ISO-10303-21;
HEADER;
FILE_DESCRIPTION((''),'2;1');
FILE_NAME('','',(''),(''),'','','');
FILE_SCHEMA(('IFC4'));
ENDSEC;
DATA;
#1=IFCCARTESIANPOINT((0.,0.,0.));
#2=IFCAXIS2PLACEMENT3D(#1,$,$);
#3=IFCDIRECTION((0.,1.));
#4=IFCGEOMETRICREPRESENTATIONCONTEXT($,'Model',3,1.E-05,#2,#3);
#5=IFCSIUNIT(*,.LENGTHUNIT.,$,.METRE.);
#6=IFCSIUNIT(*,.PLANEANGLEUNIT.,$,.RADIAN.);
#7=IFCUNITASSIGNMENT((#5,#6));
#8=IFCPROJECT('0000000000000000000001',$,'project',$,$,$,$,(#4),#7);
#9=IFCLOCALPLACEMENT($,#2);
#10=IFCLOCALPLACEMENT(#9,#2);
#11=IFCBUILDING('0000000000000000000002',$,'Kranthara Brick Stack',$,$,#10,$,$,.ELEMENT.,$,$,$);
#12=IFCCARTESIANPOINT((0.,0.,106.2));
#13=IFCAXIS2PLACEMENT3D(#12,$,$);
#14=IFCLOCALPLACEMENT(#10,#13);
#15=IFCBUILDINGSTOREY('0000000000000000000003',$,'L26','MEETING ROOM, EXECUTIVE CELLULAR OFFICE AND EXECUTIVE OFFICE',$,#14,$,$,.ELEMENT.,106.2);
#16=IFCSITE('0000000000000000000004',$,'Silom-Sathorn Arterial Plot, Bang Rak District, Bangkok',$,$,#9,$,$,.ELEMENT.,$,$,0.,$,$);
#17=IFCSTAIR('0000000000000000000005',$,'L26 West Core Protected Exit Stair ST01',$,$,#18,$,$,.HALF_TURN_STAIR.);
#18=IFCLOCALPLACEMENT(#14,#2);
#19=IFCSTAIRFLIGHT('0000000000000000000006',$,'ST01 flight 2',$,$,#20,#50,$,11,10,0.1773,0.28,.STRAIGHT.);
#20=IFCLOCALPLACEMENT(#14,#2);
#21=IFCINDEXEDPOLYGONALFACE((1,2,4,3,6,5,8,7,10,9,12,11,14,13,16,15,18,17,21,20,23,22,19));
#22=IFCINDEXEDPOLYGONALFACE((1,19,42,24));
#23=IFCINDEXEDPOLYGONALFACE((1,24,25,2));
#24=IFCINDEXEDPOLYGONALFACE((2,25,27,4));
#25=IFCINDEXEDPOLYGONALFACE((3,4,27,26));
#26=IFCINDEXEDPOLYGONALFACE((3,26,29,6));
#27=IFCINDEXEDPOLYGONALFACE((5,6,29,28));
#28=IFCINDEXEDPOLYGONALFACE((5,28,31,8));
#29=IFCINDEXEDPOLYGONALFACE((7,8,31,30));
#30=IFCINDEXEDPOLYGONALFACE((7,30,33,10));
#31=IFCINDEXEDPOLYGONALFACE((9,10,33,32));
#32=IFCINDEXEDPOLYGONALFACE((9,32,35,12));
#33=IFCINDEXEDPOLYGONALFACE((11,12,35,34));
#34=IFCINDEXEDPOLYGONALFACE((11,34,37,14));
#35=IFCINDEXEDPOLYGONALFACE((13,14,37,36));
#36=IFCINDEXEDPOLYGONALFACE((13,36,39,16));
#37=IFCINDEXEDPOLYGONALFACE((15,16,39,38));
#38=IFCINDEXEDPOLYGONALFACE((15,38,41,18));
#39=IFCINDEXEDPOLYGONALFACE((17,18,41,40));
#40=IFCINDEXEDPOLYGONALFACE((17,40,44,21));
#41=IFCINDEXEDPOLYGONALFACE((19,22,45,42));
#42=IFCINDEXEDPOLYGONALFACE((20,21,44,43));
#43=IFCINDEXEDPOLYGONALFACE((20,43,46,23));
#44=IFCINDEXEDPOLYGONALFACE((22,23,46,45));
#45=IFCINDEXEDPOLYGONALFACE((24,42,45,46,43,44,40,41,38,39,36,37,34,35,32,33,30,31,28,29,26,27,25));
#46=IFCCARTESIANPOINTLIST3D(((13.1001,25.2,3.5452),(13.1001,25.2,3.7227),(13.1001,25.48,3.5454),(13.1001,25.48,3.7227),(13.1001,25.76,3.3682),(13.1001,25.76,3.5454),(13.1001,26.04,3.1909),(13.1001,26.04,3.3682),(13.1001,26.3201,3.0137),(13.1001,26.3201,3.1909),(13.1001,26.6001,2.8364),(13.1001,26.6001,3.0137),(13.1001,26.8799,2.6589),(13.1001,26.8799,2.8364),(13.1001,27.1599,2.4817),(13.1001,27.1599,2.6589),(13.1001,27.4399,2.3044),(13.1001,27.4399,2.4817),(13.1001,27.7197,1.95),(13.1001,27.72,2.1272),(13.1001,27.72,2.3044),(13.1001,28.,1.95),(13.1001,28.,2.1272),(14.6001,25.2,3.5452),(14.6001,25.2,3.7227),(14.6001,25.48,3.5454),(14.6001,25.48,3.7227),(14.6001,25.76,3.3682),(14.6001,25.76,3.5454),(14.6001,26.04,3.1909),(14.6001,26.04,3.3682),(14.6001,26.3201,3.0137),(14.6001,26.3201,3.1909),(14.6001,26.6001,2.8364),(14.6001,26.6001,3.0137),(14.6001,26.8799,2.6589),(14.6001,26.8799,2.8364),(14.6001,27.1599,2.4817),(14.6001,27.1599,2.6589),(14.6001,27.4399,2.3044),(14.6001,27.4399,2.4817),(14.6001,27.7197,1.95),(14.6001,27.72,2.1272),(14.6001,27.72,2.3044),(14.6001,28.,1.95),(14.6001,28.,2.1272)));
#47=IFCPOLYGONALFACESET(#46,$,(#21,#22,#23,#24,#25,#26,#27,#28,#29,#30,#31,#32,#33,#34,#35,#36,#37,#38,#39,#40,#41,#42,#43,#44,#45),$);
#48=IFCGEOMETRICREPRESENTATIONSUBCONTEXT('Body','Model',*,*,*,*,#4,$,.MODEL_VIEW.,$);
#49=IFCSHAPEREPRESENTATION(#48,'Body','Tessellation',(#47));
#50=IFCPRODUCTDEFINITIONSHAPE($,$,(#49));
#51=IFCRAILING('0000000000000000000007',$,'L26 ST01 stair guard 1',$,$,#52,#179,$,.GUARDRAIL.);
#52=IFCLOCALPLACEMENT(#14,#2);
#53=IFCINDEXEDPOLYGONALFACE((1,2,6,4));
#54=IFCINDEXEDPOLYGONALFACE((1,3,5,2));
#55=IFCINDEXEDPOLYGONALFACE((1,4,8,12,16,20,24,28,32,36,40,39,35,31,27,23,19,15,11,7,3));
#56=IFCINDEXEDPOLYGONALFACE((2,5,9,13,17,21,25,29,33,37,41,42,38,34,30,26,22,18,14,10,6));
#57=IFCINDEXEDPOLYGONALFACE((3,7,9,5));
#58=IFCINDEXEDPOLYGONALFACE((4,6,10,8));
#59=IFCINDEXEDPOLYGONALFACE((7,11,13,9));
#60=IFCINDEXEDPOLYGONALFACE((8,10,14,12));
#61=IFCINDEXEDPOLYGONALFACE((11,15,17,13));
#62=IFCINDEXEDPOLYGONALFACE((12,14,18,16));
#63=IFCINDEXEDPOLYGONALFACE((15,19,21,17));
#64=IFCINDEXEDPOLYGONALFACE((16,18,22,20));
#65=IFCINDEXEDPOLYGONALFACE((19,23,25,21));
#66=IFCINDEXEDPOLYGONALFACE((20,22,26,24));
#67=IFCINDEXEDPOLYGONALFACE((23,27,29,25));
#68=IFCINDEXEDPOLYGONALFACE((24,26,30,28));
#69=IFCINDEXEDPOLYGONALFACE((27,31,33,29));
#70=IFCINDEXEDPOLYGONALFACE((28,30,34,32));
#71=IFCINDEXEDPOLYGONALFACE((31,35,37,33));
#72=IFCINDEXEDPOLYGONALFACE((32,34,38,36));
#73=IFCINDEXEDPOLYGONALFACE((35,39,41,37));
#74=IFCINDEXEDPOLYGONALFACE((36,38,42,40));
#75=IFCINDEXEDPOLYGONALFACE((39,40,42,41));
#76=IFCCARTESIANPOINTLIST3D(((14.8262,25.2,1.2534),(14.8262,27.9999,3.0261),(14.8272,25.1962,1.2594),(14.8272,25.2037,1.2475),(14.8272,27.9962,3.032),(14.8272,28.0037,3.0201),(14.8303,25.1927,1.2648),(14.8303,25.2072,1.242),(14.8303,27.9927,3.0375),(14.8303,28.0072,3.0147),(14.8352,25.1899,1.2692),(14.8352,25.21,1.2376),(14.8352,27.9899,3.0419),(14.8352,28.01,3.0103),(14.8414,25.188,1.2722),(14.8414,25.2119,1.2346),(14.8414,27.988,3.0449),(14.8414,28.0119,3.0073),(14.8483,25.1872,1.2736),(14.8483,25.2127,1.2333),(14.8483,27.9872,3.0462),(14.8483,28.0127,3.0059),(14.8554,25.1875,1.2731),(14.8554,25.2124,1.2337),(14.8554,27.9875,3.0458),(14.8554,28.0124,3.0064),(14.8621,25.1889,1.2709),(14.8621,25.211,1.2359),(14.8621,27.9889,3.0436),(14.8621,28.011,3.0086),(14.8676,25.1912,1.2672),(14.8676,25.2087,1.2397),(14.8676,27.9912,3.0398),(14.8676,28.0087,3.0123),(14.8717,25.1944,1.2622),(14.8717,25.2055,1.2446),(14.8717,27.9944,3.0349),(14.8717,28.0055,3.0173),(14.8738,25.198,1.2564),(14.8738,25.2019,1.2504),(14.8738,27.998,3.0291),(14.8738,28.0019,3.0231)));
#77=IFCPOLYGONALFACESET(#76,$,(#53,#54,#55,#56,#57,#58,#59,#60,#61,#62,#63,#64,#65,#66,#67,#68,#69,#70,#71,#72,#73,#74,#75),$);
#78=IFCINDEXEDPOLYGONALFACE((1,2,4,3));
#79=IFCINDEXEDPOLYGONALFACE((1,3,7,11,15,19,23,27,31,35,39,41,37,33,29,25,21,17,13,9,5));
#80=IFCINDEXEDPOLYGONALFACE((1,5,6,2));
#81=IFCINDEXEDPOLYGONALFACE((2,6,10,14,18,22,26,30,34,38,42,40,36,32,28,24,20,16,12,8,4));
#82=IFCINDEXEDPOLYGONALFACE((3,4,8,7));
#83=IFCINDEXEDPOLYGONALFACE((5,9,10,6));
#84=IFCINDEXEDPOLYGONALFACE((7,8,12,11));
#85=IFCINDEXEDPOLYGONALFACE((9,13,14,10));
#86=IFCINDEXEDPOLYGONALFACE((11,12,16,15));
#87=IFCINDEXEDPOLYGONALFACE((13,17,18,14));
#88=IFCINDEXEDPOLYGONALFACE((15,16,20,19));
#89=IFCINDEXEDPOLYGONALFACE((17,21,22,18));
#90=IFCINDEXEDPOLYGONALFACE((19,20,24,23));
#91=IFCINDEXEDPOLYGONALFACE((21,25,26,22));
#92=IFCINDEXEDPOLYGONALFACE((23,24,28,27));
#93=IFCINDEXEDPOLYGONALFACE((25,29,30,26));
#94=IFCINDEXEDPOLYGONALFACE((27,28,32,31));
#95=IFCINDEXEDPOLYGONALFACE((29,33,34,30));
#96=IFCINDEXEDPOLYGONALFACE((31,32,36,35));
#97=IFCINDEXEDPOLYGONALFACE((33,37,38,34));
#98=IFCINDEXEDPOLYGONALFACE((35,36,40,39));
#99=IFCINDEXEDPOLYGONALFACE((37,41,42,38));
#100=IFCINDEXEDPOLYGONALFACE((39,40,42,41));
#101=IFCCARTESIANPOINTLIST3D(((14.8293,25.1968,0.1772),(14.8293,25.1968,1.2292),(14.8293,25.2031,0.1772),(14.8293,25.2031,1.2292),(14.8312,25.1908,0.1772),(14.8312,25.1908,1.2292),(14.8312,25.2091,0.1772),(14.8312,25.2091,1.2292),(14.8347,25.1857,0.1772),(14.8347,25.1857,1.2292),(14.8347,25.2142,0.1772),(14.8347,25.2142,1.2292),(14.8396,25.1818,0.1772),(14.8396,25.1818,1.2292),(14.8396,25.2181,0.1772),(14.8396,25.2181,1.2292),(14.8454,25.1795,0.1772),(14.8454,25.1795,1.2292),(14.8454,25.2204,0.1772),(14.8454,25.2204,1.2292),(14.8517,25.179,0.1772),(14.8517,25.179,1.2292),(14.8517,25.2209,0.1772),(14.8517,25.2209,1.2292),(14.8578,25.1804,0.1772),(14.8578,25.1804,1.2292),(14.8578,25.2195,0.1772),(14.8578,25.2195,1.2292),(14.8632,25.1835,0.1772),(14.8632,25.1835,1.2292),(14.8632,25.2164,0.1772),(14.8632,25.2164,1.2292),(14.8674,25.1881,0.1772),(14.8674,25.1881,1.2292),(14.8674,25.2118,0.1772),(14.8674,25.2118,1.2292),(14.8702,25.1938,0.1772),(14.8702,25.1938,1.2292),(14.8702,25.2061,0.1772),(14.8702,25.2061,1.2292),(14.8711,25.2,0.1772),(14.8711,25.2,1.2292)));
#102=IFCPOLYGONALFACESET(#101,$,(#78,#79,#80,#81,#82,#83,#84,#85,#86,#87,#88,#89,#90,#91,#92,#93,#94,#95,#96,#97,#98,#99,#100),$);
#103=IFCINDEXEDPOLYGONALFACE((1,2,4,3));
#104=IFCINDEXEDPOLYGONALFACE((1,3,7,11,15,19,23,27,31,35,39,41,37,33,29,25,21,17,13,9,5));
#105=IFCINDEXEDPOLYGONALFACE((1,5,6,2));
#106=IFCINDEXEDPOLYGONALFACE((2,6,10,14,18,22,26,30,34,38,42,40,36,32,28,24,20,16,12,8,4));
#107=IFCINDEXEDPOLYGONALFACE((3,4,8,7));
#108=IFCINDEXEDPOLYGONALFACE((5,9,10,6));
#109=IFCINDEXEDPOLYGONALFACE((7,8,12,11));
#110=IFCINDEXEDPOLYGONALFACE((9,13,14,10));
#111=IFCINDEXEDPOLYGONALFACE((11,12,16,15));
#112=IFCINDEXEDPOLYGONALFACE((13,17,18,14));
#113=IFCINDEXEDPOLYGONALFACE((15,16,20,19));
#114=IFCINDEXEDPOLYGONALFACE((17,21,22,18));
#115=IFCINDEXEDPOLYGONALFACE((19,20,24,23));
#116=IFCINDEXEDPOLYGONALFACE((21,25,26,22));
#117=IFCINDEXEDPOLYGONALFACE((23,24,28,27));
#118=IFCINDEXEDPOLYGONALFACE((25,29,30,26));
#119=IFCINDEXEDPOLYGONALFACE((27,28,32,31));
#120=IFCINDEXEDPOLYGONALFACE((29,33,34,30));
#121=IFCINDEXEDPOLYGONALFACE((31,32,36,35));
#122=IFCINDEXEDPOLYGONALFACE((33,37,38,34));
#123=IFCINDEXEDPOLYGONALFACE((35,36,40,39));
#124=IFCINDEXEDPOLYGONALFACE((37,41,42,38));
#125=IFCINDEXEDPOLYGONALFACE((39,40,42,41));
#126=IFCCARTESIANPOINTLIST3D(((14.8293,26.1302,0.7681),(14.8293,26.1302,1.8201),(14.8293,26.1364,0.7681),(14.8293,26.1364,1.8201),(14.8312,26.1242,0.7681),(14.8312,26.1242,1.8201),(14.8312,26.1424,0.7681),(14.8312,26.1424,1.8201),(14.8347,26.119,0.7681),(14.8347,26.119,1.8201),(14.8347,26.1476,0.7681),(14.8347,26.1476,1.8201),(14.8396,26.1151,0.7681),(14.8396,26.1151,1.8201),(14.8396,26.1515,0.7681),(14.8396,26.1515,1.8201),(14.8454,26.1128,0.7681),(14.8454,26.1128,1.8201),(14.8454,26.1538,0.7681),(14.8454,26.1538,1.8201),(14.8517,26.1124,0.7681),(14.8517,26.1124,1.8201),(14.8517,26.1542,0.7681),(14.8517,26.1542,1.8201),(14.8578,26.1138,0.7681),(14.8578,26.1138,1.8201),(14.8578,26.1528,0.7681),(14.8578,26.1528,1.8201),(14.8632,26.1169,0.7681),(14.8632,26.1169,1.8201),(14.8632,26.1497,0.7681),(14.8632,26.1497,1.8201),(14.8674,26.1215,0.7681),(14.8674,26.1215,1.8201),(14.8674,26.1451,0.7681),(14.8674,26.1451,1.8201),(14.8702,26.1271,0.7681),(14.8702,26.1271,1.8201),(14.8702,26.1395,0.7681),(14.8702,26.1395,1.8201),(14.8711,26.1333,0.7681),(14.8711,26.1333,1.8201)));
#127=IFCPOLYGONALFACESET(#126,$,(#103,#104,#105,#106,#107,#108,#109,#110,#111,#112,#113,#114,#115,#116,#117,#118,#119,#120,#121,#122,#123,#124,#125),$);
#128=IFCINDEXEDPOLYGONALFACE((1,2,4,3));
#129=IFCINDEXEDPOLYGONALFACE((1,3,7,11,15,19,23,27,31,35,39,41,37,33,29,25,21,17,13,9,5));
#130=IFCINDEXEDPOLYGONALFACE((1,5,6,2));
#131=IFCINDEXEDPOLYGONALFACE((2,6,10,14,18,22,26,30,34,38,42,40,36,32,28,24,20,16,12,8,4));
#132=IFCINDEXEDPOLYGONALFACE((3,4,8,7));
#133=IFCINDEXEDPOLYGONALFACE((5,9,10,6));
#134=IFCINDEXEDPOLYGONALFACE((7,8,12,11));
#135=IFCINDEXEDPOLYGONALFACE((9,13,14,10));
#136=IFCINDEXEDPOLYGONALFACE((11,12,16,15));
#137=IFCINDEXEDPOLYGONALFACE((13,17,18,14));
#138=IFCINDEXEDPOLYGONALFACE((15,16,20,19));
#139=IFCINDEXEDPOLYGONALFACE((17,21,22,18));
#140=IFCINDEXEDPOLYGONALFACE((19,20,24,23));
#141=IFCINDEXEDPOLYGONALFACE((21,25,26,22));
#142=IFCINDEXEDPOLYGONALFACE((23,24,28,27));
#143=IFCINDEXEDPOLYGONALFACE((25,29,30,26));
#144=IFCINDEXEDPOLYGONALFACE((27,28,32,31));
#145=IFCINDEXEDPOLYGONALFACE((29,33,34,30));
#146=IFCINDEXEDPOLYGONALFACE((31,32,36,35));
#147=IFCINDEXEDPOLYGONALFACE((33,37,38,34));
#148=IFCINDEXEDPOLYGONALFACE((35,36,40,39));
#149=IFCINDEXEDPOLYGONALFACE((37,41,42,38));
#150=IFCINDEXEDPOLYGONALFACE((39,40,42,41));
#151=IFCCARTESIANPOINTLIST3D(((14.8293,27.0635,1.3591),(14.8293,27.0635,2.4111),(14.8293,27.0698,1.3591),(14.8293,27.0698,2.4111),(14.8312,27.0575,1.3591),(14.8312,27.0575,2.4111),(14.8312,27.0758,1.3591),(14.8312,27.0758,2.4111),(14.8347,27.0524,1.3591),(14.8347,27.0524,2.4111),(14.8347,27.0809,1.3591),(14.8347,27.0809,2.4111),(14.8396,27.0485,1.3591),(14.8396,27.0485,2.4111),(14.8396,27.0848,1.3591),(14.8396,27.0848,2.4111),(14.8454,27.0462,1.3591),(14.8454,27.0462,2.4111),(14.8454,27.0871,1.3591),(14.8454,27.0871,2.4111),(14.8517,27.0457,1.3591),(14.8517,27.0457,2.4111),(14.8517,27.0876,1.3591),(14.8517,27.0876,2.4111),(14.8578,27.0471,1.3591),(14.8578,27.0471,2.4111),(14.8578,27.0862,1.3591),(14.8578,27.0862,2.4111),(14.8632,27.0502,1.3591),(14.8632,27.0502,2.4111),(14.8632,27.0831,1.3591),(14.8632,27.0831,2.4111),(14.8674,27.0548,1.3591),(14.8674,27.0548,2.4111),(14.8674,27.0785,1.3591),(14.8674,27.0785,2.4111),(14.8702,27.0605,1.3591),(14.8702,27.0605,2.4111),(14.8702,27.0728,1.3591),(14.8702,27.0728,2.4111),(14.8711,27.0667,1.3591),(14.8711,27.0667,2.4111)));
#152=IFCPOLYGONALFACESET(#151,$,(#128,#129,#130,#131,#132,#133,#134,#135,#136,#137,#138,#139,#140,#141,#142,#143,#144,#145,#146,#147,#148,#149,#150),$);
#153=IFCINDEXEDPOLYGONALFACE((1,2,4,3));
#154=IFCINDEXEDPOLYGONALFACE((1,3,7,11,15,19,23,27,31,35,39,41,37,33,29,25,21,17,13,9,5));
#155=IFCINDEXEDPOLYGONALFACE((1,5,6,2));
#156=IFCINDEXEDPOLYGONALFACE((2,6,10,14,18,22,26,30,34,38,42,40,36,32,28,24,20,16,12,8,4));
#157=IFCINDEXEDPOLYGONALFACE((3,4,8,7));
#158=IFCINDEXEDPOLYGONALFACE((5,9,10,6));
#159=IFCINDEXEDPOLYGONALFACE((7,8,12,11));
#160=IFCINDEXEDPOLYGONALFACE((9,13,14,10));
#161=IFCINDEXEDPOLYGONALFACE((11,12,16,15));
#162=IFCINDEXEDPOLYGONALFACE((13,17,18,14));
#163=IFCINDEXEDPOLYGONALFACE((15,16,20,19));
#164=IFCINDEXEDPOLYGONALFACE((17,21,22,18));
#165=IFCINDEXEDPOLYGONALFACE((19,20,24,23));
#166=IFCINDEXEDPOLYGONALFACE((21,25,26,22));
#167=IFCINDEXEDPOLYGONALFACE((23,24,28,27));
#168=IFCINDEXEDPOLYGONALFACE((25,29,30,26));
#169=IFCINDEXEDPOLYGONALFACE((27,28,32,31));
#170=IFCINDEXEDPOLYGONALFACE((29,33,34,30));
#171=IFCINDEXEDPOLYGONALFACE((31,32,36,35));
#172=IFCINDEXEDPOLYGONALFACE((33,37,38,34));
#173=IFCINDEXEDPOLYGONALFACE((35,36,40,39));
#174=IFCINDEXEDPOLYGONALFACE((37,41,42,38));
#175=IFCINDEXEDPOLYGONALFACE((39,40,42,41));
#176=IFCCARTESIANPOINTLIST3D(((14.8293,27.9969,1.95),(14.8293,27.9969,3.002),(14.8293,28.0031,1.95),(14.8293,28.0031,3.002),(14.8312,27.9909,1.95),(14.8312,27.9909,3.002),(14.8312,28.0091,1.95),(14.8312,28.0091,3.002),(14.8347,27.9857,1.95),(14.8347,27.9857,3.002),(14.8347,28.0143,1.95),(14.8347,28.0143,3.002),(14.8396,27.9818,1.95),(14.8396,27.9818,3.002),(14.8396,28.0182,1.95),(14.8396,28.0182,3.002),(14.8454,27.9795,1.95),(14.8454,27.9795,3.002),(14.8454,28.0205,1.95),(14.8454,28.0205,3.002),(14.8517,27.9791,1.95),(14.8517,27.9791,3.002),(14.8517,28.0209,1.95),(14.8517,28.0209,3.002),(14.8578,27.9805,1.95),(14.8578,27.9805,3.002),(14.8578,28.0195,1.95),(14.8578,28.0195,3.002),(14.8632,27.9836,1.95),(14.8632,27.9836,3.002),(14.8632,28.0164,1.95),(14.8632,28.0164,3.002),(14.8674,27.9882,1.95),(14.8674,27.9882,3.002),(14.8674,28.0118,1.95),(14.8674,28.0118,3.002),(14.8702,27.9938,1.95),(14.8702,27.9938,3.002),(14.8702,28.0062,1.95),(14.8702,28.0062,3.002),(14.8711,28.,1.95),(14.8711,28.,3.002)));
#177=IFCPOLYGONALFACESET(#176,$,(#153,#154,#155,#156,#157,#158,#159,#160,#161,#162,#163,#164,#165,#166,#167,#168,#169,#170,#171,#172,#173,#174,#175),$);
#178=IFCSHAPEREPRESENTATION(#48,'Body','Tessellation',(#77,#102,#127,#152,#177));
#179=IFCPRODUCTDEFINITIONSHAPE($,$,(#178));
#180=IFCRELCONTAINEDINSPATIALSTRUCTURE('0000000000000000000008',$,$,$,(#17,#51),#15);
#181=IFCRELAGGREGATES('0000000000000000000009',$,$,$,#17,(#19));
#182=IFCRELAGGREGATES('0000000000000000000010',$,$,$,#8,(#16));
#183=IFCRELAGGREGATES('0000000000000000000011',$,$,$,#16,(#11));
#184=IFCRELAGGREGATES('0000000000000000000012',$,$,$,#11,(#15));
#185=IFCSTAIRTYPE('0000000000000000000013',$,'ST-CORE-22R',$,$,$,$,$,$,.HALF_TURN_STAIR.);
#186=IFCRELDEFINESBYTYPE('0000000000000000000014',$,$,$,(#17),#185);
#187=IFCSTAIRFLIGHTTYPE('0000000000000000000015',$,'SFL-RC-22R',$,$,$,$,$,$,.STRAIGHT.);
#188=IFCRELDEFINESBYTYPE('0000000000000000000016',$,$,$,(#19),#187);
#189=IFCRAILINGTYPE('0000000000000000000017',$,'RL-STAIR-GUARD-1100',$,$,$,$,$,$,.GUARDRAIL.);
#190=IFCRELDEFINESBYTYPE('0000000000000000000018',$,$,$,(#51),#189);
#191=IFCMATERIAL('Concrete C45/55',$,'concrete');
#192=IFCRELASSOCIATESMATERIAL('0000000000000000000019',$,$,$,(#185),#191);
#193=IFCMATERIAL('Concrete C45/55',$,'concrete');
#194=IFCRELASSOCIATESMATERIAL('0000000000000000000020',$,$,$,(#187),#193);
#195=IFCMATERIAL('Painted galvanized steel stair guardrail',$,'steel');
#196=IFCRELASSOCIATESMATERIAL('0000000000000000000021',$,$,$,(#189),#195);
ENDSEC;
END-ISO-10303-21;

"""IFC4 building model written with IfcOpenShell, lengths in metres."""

from ifc_helpers import new_model, si_unit, direction, frame, origin, origin_2d, place, context, subcontext, project, spatial, polyline, circle, outline, extrude, material, type_object, element, aggregate, save


model = new_model("IFC4")

# Units and contexts
model_context = context("Model", 3, precision=1e-05, world=origin(), true_north=direction((0.0, 1.0)))
body_context = subcontext(model_context, "Body", "Model", "MODEL_VIEW")
ifc_project = project(units=[si_unit("LENGTHUNIT", "METRE"), si_unit("PLANEANGLEUNIT", "RADIAN")], contexts=[model_context])

# Site, building, storey
site_placement = place(None, origin())
site = spatial("IfcSite", under=ifc_project, at=site_placement, Name="Silom-Sathorn Arterial Plot, Bang Rak District, Bangkok", CompositionType="ELEMENT", RefElevation=0.0)
building_placement = place(site_placement, origin())
building = spatial("IfcBuilding", under=site, at=building_placement, Name="Kranthara Brick Stack", CompositionType="ELEMENT")
storey_placement = place(building_placement, frame((0.0, 0.0, 106.2)))
storey = spatial("IfcBuildingStorey", under=building, at=storey_placement, Name="L26", Description="MEETING ROOM, EXECUTIVE CELLULAR OFFICE AND EXECUTIVE OFFICE", CompositionType="ELEMENT", Elevation=106.2)

# Stair, stair flight
ifc_material_1 = material(Name="Concrete C45/55", Category="concrete")
stair_type = type_object("IfcStairType", Name="ST-CORE-22R", PredefinedType="HALF_TURN_STAIR", material=ifc_material_1)
stair_placement = place(storey_placement, origin())
stair = element("IfcStair", 1, at=stair_placement, inside=storey, type_object=stair_type, Name="L26 West Core Protected Exit Stair ST01", PredefinedType="HALF_TURN_STAIR")
ifc_material_2 = material(Name="Concrete C45/55", Category="concrete")
stair_flight_type = type_object("IfcStairFlightType", Name="SFL-RC-22R", PredefinedType="STRAIGHT", material=ifc_material_2)
stair_flight_1_placement = place(storey_placement, frame((13.8501, 28.0, 1.95), z_axis=(0.0, 0.0, 1.0), x_axis=(0.0, -1.0, 0.0)))
stair_flight_1 = element("IfcStairFlight", 2, at=stair_flight_1_placement, type_object=stair_flight_type, Name="ST01 flight 2", NumberOfRisers=11, NumberOfTreads=10, PredefinedType="STRAIGHT", RiserHeight=0.1773, TreadLength=0.28, context=body_context, shape_type="SweptSolid", body=[
    extrude(outline(polyline([(0.0, 0.0), (0.0, 0.1772), (0.28, 0.1772), (0.28, 0.3545), (0.5601, 0.3545), (0.5601, 0.5317), (0.8401, 0.5317), (0.8401, 0.709), (1.1201, 0.709), (1.1201, 0.8865), (1.3999, 0.8865), (1.3999, 1.0637), (1.6799, 1.0637), (1.6799, 1.241), (1.96, 1.241), (1.96, 1.4182), (2.24, 1.4182), (2.24, 1.5955), (2.52, 1.5955), (2.52, 1.7727), (2.8, 1.7727), (2.8, 1.95), (2.8, 1.5952), (0.2803, 0.0), (0.0, 0.0)])), frame((0.0, 0.75, 0.0), z_axis=(0.0, -1.0, 0.0), x_axis=(1.0, 0.0, 0.0)), (0.0, 0.0, 1.0), 1.5),
])
aggregate(stair, [stair_flight_1])

# Railing
ifc_material_3 = material(Name="Painted galvanized steel stair guardrail", Category="steel")
railing_type_1 = type_object("IfcRailingType", Name="RL-STAIR-GUARD-1100", PredefinedType="GUARDRAIL", material=ifc_material_3)
railing_1_placement = place(storey_placement, frame((14.8501, 25.2, 0.1772)))
element("IfcRailing", 3, at=railing_1_placement, inside=storey, type_object=railing_type_1, Name="L26 ST01 stair guard 1", PredefinedType="GUARDRAIL", context=body_context, shape_type="SweptSolid", body=[
    extrude(circle(Radius=0.0239, at=origin_2d()), frame((0.0, 0.0, 1.0762), z_axis=(0.0, 0.844909, 0.53491), x_axis=(-1.0, 0.0, 0.0)), (0.0, 0.0, 1.0), 3.314),
    extrude(circle(Radius=0.021, at=origin_2d()), origin(), (0.0, 0.0, 1.0), 1.052),
    extrude(circle(Radius=0.021, at=origin_2d()), frame((0.0, 0.9333, 0.5908)), (0.0, 0.0, 1.0), 1.052),
    extrude(circle(Radius=0.021, at=origin_2d()), frame((0.0, 1.8667, 1.1819)), (0.0, 0.0, 1.0), 1.052),
    extrude(circle(Radius=0.021, at=origin_2d()), frame((0.0, 2.8, 1.7727)), (0.0, 0.0, 1.0), 1.052),
])

save(model, "model.ifc")
